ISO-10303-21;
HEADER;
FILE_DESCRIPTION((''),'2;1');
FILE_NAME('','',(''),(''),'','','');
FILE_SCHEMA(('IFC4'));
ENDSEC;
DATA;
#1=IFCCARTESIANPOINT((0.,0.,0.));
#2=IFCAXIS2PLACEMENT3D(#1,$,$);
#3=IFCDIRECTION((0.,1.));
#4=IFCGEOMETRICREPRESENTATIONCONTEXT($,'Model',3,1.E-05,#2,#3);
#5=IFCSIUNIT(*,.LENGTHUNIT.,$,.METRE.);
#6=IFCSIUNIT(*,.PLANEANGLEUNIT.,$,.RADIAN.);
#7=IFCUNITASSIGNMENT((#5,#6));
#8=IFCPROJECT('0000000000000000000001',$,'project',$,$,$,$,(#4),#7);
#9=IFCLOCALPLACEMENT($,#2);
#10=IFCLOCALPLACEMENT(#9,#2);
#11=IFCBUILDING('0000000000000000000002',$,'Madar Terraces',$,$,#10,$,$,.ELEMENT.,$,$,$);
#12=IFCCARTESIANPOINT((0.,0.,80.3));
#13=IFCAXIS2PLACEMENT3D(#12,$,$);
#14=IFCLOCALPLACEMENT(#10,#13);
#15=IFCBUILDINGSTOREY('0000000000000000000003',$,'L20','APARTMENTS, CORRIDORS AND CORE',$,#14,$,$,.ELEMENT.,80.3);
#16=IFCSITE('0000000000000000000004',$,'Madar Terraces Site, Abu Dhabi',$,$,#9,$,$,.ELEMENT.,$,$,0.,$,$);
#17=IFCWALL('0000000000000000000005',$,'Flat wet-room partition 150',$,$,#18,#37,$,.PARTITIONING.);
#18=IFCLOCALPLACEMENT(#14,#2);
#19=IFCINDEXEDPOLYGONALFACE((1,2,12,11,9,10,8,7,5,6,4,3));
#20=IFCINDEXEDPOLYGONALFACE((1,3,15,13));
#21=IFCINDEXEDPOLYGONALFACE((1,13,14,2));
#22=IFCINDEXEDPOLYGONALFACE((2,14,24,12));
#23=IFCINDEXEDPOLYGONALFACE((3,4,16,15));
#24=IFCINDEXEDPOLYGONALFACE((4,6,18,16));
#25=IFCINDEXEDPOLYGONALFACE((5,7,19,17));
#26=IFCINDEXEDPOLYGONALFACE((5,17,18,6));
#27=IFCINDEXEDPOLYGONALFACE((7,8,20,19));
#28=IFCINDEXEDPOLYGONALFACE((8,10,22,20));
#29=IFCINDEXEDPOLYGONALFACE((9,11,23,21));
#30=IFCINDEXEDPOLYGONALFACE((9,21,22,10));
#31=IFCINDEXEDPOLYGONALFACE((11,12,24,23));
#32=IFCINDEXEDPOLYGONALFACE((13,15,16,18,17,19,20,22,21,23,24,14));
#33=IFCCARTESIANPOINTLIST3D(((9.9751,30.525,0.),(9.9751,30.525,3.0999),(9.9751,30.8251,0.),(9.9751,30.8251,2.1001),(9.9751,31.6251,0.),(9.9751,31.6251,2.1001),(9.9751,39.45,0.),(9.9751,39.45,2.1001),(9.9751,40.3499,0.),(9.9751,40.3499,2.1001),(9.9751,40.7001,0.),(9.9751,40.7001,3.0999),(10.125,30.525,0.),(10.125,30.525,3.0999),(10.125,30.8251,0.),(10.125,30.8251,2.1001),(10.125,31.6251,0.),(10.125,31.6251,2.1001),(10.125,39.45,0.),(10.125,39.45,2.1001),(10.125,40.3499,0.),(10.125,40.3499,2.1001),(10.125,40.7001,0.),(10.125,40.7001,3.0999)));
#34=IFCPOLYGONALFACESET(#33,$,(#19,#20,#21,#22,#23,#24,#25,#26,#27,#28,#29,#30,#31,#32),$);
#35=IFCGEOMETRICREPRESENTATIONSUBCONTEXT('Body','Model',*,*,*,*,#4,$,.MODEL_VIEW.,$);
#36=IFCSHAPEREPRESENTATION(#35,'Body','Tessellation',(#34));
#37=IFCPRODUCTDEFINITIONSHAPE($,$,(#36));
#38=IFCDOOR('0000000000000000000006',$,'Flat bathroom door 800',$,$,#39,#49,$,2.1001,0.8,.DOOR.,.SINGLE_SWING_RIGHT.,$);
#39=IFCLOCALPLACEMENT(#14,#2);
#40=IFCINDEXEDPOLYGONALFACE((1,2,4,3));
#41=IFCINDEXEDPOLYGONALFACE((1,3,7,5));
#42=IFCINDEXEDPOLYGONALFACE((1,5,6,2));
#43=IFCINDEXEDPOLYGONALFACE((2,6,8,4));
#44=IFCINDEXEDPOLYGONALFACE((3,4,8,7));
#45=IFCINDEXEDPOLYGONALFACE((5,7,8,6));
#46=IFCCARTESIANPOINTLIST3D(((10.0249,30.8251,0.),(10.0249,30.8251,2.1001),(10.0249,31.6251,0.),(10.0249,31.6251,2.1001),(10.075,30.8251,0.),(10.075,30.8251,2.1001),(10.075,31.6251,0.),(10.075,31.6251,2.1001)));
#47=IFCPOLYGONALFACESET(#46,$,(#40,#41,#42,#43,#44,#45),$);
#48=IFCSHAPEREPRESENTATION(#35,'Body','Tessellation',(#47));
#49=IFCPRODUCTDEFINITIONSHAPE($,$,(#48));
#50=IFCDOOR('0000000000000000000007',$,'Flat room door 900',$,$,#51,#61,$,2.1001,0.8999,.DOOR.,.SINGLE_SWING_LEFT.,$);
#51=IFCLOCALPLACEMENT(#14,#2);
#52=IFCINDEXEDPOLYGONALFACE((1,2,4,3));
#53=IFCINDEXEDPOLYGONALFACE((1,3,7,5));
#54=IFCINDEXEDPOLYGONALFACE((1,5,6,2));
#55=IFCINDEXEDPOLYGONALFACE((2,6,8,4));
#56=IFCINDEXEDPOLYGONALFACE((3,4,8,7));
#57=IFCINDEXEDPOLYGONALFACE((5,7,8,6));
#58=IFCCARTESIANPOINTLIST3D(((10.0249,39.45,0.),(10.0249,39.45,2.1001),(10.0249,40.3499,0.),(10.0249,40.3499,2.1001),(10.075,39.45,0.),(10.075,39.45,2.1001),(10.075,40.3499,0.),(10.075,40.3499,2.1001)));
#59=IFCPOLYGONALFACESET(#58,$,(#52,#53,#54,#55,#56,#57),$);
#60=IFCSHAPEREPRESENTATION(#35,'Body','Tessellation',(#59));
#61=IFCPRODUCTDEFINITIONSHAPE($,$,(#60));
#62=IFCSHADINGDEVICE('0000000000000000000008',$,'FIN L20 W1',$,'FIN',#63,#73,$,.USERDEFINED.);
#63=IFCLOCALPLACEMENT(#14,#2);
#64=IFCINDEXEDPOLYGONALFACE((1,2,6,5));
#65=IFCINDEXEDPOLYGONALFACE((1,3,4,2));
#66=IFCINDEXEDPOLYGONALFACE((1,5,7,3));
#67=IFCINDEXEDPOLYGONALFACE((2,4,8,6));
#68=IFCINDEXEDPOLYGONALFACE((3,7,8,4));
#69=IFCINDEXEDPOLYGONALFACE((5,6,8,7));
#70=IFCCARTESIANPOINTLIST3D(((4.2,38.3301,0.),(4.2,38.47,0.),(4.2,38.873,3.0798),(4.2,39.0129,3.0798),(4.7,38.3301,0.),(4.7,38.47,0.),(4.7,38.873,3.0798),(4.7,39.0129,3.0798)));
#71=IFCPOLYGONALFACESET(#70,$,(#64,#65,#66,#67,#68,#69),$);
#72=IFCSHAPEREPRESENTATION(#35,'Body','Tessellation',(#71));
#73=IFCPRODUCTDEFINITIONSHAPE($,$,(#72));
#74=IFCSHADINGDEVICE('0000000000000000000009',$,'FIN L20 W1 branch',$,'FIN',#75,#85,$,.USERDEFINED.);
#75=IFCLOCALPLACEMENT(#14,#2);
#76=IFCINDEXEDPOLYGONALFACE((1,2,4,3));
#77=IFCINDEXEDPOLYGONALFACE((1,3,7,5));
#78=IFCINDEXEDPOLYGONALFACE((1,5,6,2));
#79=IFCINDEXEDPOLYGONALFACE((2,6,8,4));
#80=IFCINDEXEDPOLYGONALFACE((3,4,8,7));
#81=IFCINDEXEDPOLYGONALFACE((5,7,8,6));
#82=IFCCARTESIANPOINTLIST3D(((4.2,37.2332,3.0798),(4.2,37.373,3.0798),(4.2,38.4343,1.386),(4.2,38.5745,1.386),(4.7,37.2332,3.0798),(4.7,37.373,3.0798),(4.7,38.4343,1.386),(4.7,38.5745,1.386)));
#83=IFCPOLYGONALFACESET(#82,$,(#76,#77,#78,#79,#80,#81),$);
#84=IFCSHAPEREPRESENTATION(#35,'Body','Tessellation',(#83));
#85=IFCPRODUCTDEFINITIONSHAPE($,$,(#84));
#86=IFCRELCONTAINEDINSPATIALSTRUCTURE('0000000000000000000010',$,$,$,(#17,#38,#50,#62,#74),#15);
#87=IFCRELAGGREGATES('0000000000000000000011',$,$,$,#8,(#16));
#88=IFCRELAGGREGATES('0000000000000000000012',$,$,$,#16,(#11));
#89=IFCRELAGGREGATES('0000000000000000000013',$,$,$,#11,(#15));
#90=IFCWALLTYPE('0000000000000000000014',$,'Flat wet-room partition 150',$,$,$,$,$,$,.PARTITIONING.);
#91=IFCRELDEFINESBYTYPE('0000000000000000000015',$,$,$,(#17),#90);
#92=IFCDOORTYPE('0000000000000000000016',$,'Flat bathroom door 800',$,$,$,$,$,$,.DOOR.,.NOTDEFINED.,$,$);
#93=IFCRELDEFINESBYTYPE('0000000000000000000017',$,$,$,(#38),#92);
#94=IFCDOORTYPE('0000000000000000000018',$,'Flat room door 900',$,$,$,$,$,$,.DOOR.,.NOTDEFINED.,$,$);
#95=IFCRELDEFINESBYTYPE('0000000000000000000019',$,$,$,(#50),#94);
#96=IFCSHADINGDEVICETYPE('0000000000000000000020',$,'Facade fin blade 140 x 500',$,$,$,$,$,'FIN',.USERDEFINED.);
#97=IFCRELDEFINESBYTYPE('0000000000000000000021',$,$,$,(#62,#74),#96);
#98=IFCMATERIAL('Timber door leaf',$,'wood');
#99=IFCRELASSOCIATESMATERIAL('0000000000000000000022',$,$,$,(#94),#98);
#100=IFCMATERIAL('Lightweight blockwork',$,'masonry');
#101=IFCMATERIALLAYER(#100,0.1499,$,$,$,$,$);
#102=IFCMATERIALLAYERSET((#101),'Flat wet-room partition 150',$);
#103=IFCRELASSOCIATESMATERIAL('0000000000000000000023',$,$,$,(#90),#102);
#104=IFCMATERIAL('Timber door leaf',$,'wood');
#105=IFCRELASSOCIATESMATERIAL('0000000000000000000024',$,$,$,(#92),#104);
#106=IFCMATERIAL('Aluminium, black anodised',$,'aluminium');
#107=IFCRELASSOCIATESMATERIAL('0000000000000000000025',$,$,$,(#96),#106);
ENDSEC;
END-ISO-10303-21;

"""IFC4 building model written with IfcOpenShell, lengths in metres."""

from ifc_helpers import new_model, si_unit, direction, frame, frame_2d, origin, place, context, subcontext, project, spatial, polyline, rectangle, outline, extrude, material, layer, layer_set, type_object, element, fill, save


model = new_model("IFC4")

# Units and contexts
model_context = context("Model", 3, precision=1e-05, world=origin(), true_north=direction((0.0, 1.0)))
body_context = subcontext(model_context, "Body", "Model", "MODEL_VIEW")
ifc_project = project(units=[si_unit("LENGTHUNIT", "METRE"), si_unit("PLANEANGLEUNIT", "RADIAN")], contexts=[model_context])

# Site, building, storey
site_placement = place(None, origin())
site = spatial("IfcSite", under=ifc_project, at=site_placement, Name="Madar Terraces Site, Abu Dhabi", CompositionType="ELEMENT", RefElevation=0.0)
building_placement = place(site_placement, origin())
building = spatial("IfcBuilding", under=site, at=building_placement, Name="Madar Terraces", CompositionType="ELEMENT")
storey_placement = place(building_placement, frame((0.0, 0.0, 80.3)))
storey = spatial("IfcBuildingStorey", under=building, at=storey_placement, Name="L20", Description="APARTMENTS, CORRIDORS AND CORE", CompositionType="ELEMENT", Elevation=80.3)

# Shared definitions
ifc_material_1 = material(Name="Timber door leaf", Category="wood")
door_type_1 = type_object("IfcDoorType", Name="Flat room door 900", OperationType="NOTDEFINED", PredefinedType="DOOR", material=ifc_material_1)

# Shared definitions
ifc_material_2 = material(Name="Lightweight blockwork", Category="masonry")
ifc_layer_1 = layer(ifc_material_2, 0.1499)
ifc_layer_set_1 = layer_set([ifc_layer_1], Name="Flat wet-room partition 150")
wall_type_1 = type_object("IfcWallType", Name="Flat wet-room partition 150", PredefinedType="PARTITIONING", material=ifc_layer_set_1)

# Wall, openings, doors
wall_1_placement = place(storey_placement, frame((10.05, 40.7, 0.0), z_axis=(0.0, 0.0, 1.0), x_axis=(0.0, -1.0, 0.0)))
wall_1 = element("IfcWall", 1, at=wall_1_placement, inside=storey, type_object=wall_type_1, Name="Flat wet-room partition 150", PredefinedType="PARTITIONING", context=body_context, shape_type="SweptSolid", body=[
    extrude(rectangle(XDim=10.175, YDim=0.1499, at=frame_2d((5.0874, 0.0))), origin(), (0.0, 0.0, 1.0), 3.0999),
])
opening_1_placement = place(wall_1_placement, frame((9.075, 0.0, 0.0)))
opening_1 = element("IfcOpeningElement", 2, at=opening_1_placement, cuts=wall_1, PredefinedType="OPENING", context=body_context, shape_type="SweptSolid", body=[
    extrude(rectangle(XDim=0.8, YDim=2.1001, at=frame_2d((0.3999, 1.05))), frame((0.0, 0.085, 0.0), z_axis=(0.0, -1.0, 0.0), x_axis=(1.0, 0.0, 0.0)), (0.0, 0.0, 1.0), 0.1699),
])
opening_2_placement = place(wall_1_placement, frame((0.3501, 0.0, 0.0)))
opening_2 = element("IfcOpeningElement", 3, at=opening_2_placement, cuts=wall_1, PredefinedType="OPENING", context=body_context, shape_type="SweptSolid", body=[
    extrude(rectangle(XDim=0.8999, YDim=2.1001, at=frame_2d((0.45, 1.05))), frame((0.0, 0.085, 0.0), z_axis=(0.0, -1.0, 0.0), x_axis=(1.0, 0.0, 0.0)), (0.0, 0.0, 1.0), 0.1699),
])
ifc_material_3 = material(Name="Timber door leaf", Category="wood")
door_type_2 = type_object("IfcDoorType", Name="Flat bathroom door 800", OperationType="NOTDEFINED", PredefinedType="DOOR", material=ifc_material_3)
door_1_placement = place(opening_1_placement, origin())
door_1 = element("IfcDoor", 4, at=door_1_placement, inside=storey, type_object=door_type_2, Name="Flat bathroom door 800", OperationType="SINGLE_SWING_RIGHT", OverallHeight=2.1001, OverallWidth=0.8, PredefinedType="DOOR", context=body_context, shape_type="SweptSolid", body=[
    extrude(rectangle(XDim=0.8, YDim=2.1001, at=frame_2d((0.3999, 1.05))), frame((0.0, 0.0249, 0.0), z_axis=(0.0, -1.0, 0.0), x_axis=(1.0, 0.0, 0.0)), (0.0, 0.0, 1.0), 0.05),
])
fill(opening_1, door_1)
door_2_placement = place(opening_2_placement, origin())
door_2 = element("IfcDoor", 5, at=door_2_placement, inside=storey, type_object=door_type_1, Name="Flat room door 900", OperationType="SINGLE_SWING_LEFT", OverallHeight=2.1001, OverallWidth=0.8999, PredefinedType="DOOR", context=body_context, shape_type="SweptSolid", body=[
    extrude(rectangle(XDim=0.8999, YDim=2.1001, at=frame_2d((0.45, 1.05))), frame((0.0, 0.0249, 0.0), z_axis=(0.0, -1.0, 0.0), x_axis=(1.0, 0.0, 0.0)), (0.0, 0.0, 1.0), 0.05),
])
fill(opening_2, door_2)

# Shading devices
ifc_material_4 = material(Name="Aluminium, black anodised", Category="aluminium")
shading_device_type = type_object("IfcShadingDeviceType", Name="Facade fin blade 140 x 500", ElementType="FIN", PredefinedType="USERDEFINED", material=ifc_material_4)
shading_device_1_placement = place(storey_placement, frame((4.45, 38.47, 0.0), z_axis=(0.0, 0.0, 1.0), x_axis=(0.0, -1.0, 0.0)))
element("IfcShadingDevice", 6, at=shading_device_1_placement, inside=storey, type_object=shading_device_type, Name="FIN L20 W1", ObjectType="FIN", PredefinedType="USERDEFINED", context=body_context, shape_type="SweptSolid", body=[
    extrude(outline(polyline([(0.0, 0.0), (0.1399, 0.0), (-0.4031, 3.0798), (-0.543, 3.0798), (0.0, 0.0)])), frame((0.0, 0.25, 0.0), z_axis=(0.0, -1.0, 0.0), x_axis=(1.0, 0.0, 0.0)), (0.0, 0.0, 1.0), 0.5),
])
shading_device_2_placement = place(storey_placement, frame((4.45, 38.5745, 1.386), z_axis=(0.0, 0.0, 1.0), x_axis=(0.0, -1.0, 0.0)))
element("IfcShadingDevice", 7, at=shading_device_2_placement, inside=storey, type_object=shading_device_type, Name="FIN L20 W1 branch", ObjectType="FIN", PredefinedType="USERDEFINED", context=body_context, shape_type="SweptSolid", body=[
    extrude(outline(polyline([(0.0, 0.0), (0.1401, 0.0), (1.3413, 1.6938), (1.2014, 1.6938), (0.0, 0.0)])), frame((0.0, 0.25, 0.0), z_axis=(0.0, -1.0, 0.0), x_axis=(1.0, 0.0, 0.0)), (0.0, 0.0, 1.0), 0.5),
])

save(model, "model.ifc")
